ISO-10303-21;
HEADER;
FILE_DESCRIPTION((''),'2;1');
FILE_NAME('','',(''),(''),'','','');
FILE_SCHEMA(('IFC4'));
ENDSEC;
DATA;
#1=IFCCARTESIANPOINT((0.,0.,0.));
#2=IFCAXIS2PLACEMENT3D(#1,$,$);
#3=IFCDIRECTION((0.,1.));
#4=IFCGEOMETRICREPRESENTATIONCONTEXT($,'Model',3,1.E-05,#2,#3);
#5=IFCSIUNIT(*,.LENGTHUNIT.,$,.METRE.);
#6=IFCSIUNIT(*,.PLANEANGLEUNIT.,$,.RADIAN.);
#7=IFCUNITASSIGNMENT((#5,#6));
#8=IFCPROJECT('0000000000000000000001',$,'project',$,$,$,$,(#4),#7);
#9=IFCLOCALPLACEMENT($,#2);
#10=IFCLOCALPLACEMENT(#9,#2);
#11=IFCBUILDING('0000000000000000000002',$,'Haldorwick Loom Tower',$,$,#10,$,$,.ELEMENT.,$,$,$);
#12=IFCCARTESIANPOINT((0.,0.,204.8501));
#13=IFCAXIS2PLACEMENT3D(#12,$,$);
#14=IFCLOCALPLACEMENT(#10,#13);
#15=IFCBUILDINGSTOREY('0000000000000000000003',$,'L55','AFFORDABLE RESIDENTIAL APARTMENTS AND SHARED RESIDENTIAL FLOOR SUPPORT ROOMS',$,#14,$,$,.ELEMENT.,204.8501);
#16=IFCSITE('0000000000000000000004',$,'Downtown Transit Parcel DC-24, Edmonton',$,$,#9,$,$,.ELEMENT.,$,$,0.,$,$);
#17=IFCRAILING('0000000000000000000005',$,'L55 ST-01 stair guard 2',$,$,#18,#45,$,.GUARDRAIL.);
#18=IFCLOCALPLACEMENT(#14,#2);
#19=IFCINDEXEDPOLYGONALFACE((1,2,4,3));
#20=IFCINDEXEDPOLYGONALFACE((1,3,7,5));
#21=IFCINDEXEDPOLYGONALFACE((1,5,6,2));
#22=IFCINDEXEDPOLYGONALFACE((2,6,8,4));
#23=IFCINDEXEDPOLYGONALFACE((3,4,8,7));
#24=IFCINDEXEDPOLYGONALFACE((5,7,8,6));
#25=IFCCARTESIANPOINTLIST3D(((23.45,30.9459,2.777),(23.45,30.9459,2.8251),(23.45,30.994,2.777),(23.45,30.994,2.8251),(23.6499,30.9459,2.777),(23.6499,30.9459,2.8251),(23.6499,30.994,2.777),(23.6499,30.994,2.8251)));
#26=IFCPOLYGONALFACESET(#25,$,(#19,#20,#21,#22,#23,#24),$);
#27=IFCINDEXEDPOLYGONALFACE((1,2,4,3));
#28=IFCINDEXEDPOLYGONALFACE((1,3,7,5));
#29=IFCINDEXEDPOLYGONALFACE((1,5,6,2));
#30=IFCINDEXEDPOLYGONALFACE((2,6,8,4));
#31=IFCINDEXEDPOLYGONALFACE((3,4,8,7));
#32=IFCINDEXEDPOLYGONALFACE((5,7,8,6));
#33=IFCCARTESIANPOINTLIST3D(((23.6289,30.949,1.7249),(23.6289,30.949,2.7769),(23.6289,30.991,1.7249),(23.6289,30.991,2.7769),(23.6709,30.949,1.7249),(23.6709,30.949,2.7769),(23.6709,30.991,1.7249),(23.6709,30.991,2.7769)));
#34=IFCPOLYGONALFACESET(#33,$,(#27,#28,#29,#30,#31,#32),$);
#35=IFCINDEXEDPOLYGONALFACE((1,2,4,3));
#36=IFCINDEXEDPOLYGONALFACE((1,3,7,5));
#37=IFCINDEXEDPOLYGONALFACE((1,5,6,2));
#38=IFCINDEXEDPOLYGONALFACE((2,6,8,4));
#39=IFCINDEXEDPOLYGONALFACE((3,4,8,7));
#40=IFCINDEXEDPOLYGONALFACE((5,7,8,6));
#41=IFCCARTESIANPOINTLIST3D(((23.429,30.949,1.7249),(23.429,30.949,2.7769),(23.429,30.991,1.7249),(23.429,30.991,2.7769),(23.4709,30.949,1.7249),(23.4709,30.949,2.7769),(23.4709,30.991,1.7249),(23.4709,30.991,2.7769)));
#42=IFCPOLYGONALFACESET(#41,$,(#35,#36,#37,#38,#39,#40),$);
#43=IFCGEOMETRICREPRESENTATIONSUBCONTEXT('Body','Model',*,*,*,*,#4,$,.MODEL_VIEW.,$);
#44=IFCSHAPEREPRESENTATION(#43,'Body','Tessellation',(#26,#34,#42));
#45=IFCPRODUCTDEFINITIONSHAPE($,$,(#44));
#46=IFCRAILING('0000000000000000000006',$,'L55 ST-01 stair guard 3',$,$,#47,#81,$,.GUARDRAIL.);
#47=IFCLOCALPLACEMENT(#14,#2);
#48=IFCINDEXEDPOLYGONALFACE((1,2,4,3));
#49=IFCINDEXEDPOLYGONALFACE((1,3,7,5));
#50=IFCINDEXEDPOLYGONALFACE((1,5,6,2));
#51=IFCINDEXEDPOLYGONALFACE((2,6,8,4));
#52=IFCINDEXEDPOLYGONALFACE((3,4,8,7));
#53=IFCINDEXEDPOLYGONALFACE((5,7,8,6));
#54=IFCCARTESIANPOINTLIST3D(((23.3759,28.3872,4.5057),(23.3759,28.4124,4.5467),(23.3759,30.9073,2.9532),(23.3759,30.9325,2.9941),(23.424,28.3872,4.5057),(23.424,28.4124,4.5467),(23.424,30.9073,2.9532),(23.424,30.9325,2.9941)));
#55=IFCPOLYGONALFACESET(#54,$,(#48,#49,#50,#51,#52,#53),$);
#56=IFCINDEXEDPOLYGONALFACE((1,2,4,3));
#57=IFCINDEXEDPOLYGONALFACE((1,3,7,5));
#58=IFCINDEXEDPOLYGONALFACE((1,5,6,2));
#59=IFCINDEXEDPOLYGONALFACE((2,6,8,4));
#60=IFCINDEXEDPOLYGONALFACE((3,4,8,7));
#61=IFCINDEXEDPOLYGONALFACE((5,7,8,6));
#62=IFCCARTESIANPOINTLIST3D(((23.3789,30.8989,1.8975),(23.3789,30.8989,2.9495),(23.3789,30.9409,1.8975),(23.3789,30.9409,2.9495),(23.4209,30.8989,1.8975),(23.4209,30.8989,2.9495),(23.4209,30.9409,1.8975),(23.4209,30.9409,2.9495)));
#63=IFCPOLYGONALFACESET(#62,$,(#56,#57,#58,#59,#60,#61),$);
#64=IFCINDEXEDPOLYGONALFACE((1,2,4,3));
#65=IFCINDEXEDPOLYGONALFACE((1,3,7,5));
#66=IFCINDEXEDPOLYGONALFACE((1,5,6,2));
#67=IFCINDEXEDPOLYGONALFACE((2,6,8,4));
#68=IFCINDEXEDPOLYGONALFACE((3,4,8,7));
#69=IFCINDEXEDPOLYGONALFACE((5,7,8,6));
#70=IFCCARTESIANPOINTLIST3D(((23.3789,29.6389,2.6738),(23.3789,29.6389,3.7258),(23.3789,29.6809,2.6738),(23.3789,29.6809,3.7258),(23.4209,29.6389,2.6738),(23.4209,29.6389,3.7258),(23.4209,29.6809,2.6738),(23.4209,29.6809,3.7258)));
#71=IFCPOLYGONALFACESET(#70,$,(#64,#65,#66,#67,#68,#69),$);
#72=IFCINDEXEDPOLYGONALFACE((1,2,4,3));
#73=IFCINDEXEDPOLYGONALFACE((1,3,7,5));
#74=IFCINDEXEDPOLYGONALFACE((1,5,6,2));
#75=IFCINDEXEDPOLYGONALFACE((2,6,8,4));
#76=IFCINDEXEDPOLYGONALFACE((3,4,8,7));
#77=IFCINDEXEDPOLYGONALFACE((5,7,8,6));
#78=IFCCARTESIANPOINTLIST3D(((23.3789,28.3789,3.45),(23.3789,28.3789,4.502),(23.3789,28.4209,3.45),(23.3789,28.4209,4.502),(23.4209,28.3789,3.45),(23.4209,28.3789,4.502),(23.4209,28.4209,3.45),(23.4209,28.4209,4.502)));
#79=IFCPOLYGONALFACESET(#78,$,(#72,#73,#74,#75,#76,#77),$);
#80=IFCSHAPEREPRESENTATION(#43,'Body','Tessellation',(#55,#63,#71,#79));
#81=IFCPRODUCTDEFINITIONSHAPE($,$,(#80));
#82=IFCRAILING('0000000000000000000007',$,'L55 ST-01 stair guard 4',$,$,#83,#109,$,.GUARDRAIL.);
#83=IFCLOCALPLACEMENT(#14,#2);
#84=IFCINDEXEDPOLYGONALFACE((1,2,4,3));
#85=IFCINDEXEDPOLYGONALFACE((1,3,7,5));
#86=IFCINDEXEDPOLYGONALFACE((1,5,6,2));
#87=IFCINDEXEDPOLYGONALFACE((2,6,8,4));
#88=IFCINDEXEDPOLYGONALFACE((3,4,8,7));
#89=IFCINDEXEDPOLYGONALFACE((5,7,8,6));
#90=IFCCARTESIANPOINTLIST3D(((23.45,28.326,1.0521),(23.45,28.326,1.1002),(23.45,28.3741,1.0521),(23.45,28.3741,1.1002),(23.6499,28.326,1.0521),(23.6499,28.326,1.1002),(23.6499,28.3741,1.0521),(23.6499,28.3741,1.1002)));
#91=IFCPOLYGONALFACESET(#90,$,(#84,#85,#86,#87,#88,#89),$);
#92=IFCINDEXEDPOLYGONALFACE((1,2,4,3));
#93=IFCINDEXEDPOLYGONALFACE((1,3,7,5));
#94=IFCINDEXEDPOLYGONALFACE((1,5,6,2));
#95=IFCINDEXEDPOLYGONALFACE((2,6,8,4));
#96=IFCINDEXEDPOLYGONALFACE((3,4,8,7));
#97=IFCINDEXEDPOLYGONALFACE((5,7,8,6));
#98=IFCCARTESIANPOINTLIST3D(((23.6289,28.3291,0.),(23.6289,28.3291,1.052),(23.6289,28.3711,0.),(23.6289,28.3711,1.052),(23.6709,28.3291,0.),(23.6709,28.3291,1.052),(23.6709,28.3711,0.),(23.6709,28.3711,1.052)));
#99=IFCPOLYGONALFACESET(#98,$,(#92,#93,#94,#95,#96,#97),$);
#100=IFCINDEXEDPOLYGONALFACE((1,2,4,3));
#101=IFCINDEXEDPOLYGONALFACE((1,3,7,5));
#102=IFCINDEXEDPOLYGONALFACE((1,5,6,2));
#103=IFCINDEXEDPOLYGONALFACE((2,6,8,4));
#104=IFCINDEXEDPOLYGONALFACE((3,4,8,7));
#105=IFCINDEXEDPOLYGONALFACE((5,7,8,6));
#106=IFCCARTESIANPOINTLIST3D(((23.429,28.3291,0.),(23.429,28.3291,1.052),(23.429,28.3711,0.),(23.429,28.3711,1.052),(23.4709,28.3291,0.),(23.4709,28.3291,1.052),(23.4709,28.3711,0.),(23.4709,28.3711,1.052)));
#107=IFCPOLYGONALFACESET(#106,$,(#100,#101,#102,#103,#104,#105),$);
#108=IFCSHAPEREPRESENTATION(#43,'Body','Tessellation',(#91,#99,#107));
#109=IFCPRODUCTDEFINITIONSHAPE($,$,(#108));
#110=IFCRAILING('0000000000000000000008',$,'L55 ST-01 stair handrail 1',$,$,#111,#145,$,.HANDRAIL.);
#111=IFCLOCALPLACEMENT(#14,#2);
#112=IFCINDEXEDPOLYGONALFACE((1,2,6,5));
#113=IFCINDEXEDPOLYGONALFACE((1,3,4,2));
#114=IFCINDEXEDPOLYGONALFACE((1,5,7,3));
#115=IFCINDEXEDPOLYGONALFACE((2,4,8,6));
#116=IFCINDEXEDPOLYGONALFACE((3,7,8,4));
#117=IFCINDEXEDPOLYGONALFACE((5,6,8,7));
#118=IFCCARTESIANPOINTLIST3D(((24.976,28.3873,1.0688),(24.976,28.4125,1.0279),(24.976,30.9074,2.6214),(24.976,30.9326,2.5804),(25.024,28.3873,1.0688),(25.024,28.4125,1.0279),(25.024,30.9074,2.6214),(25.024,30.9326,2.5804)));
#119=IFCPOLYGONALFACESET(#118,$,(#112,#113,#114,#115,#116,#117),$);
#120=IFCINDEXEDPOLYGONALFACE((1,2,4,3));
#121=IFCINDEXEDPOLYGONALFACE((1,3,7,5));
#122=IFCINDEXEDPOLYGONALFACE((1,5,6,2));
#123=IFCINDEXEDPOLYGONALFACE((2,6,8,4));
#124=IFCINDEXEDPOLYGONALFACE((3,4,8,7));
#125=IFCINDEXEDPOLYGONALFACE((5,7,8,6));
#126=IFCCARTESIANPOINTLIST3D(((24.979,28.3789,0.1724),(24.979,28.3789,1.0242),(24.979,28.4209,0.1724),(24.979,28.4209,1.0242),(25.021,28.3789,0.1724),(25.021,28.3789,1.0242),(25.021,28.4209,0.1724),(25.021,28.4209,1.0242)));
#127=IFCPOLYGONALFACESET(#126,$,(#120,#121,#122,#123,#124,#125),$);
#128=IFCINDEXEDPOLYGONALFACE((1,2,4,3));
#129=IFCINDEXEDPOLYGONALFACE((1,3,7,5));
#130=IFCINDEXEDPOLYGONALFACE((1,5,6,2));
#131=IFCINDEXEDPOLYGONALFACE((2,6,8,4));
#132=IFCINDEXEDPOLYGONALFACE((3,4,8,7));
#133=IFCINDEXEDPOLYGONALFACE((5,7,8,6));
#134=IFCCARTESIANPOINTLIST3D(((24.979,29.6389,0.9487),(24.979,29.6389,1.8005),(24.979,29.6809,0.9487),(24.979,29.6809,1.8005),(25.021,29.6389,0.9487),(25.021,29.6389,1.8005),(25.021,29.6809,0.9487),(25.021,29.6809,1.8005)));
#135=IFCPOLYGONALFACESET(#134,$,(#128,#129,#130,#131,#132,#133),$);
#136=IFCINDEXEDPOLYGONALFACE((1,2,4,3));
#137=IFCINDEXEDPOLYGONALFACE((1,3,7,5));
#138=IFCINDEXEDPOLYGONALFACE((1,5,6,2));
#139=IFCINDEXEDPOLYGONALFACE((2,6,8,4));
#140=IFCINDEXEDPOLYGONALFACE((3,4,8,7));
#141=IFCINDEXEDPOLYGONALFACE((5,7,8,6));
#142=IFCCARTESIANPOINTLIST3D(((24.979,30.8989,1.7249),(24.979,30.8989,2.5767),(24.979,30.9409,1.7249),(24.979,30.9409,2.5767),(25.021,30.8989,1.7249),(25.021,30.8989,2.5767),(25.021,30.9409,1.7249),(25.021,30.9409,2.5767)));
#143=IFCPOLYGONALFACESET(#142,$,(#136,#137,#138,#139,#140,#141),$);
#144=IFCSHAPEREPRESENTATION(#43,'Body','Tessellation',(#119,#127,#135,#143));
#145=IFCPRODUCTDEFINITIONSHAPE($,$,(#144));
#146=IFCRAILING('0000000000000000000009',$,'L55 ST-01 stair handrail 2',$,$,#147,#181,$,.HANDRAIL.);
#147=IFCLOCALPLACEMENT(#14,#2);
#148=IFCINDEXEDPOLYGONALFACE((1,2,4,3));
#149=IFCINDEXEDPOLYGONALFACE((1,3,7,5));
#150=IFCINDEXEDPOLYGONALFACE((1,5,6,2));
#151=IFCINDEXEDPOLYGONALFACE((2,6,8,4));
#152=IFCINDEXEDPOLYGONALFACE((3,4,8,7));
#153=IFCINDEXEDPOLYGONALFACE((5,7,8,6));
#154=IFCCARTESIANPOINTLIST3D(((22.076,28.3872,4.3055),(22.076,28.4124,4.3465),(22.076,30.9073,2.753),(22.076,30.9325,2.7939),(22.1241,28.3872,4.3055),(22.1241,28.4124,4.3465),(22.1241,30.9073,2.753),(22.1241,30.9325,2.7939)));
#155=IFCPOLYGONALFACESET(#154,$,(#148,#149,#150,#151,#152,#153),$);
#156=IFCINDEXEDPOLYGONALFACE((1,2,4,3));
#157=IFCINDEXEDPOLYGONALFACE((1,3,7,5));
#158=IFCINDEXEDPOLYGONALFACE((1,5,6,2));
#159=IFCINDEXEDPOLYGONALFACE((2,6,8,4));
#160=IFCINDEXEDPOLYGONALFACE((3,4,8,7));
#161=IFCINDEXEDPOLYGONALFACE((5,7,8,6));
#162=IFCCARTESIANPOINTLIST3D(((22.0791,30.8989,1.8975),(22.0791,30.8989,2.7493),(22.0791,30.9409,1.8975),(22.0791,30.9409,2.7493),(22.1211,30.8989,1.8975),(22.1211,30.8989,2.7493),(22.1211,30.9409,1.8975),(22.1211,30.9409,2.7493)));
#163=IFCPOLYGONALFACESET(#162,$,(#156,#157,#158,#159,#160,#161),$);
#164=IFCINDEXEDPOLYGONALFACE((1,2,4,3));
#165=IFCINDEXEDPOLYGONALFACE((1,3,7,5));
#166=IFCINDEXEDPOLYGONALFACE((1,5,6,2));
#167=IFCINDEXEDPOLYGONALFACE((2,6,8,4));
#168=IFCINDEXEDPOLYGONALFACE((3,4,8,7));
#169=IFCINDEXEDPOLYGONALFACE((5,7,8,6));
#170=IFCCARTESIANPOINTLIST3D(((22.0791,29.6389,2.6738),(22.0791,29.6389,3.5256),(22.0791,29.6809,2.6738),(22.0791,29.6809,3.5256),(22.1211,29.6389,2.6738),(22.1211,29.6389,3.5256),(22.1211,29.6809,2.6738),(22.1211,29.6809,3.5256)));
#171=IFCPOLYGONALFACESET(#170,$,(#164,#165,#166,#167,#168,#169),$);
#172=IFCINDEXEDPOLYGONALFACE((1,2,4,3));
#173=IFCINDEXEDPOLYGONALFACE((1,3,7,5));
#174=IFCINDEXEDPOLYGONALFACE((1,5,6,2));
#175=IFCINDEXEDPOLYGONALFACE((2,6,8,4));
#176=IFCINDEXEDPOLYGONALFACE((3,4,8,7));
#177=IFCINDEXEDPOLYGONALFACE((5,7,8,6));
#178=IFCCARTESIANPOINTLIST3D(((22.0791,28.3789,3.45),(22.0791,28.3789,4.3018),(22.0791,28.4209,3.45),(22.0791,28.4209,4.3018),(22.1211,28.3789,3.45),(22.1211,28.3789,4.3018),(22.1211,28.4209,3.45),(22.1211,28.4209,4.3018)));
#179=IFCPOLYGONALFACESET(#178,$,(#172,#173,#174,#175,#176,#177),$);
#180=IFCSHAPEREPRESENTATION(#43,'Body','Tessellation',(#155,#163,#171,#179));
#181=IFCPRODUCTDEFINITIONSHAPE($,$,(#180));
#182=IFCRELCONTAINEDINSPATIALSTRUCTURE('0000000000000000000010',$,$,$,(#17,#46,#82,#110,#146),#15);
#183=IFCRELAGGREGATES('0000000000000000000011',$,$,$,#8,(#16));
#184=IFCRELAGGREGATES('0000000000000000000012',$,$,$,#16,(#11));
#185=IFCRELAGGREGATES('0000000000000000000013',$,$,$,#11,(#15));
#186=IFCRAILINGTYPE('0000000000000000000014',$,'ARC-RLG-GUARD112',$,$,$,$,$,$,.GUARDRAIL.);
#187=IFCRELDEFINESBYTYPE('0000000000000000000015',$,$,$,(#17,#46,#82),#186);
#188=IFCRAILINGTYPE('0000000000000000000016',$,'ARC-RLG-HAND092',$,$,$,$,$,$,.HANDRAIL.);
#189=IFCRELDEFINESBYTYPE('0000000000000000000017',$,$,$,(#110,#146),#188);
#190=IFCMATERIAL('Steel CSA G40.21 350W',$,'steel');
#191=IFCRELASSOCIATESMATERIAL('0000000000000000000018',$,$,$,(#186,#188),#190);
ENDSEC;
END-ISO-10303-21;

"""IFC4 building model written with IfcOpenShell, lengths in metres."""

from ifc_helpers import new_model, si_unit, direction, frame, origin, origin_2d, place, context, subcontext, project, spatial, rectangle, extrude, material, type_object, element, save


model = new_model("IFC4")

# Units and contexts
model_context = context("Model", 3, precision=1e-05, world=origin(), true_north=direction((0.0, 1.0)))
body_context = subcontext(model_context, "Body", "Model", "MODEL_VIEW")
ifc_project = project(units=[si_unit("LENGTHUNIT", "METRE"), si_unit("PLANEANGLEUNIT", "RADIAN")], contexts=[model_context])

# Site, building, storey
site_placement = place(None, origin())
site = spatial("IfcSite", under=ifc_project, at=site_placement, Name="Downtown Transit Parcel DC-24, Edmonton", CompositionType="ELEMENT", RefElevation=0.0)
building_placement = place(site_placement, origin())
building = spatial("IfcBuilding", under=site, at=building_placement, Name="Haldorwick Loom Tower", CompositionType="ELEMENT")
storey_placement = place(building_placement, frame((0.0, 0.0, 204.8501)))
storey = spatial("IfcBuildingStorey", under=building, at=storey_placement, Name="L55", Description="AFFORDABLE RESIDENTIAL APARTMENTS AND SHARED RESIDENTIAL FLOOR SUPPORT ROOMS", CompositionType="ELEMENT", Elevation=204.8501)

# Shared definitions
ifc_material_1 = material(Name="Steel CSA G40.21 350W", Category="steel")

# Railings
railing_type_1 = type_object("IfcRailingType", Name="ARC-RLG-GUARD112", PredefinedType="GUARDRAIL", material=ifc_material_1)
railing_1_placement = place(storey_placement, frame((23.6499, 30.97, 1.7249)))
element("IfcRailing", 1, at=railing_1_placement, inside=storey, type_object=railing_type_1, Name="L55 ST-01 stair guard 2", PredefinedType="GUARDRAIL", context=body_context, shape_type="SweptSolid", body=[
    extrude(rectangle(XDim=0.0481, YDim=0.0481, at=origin_2d()), frame((0.0, 0.0, 1.0762), z_axis=(-1.0, 0.0, 0.0), x_axis=(0.0, -1.0, 0.0)), (0.0, 0.0, 1.0), 0.2),
    extrude(rectangle(XDim=0.042, YDim=0.042, at=origin_2d()), origin(), (0.0, 0.0, 1.0), 1.052),
    extrude(rectangle(XDim=0.042, YDim=0.042, at=origin_2d()), frame((-0.2, 0.0, 0.0)), (0.0, 0.0, 1.0), 1.052),
])
railing_2_placement = place(storey_placement, frame((23.3999, 30.9199, 1.8975)))
element("IfcRailing", 2, at=railing_2_placement, inside=storey, type_object=railing_type_1, Name="L55 ST-01 stair guard 3", PredefinedType="GUARDRAIL", context=body_context, shape_type="SweptSolid", body=[
    extrude(rectangle(XDim=0.0481, YDim=0.0481, at=origin_2d()), frame((0.0, 0.0, 1.0762), z_axis=(0.0, -0.8514, 0.524516), x_axis=(1.0, 0.0, 0.0)), (0.0, 0.0, 1.0), 2.96),
    extrude(rectangle(XDim=0.042, YDim=0.042, at=origin_2d()), origin(), (0.0, 0.0, 1.0), 1.052),
    extrude(rectangle(XDim=0.042, YDim=0.042, at=origin_2d()), frame((0.0, -1.26, 0.7764)), (0.0, 0.0, 1.0), 1.052),
    extrude(rectangle(XDim=0.042, YDim=0.042, at=origin_2d()), frame((0.0, -2.52, 1.5525)), (0.0, 0.0, 1.0), 1.052),
])
railing_3_placement = place(storey_placement, frame((23.6499, 28.3501, 0.0)))
element("IfcRailing", 3, at=railing_3_placement, inside=storey, type_object=railing_type_1, Name="L55 ST-01 stair guard 4", PredefinedType="GUARDRAIL", context=body_context, shape_type="SweptSolid", body=[
    extrude(rectangle(XDim=0.0481, YDim=0.0481, at=origin_2d()), frame((0.0, 0.0, 1.0762), z_axis=(-1.0, 0.0, 0.0), x_axis=(0.0, -1.0, 0.0)), (0.0, 0.0, 1.0), 0.2),
    extrude(rectangle(XDim=0.042, YDim=0.042, at=origin_2d()), origin(), (0.0, 0.0, 1.0), 1.052),
    extrude(rectangle(XDim=0.042, YDim=0.042, at=origin_2d()), frame((-0.2, 0.0, 0.0)), (0.0, 0.0, 1.0), 1.052),
])
railing_type_2 = type_object("IfcRailingType", Name="ARC-RLG-HAND092", PredefinedType="HANDRAIL", material=ifc_material_1)
railing_4_placement = place(storey_placement, frame((25.0, 28.3999, 0.1724)))
element("IfcRailing", 4, at=railing_4_placement, inside=storey, type_object=railing_type_2, Name="L55 ST-01 stair handrail 1", PredefinedType="HANDRAIL", context=body_context, shape_type="SweptSolid", body=[
    extrude(rectangle(XDim=0.0481, YDim=0.0481, at=origin_2d()), frame((0.0, 0.0, 0.876), z_axis=(0.0, 0.8514, 0.524516), x_axis=(-1.0, 0.0, 0.0)), (0.0, 0.0, 1.0), 2.96),
    extrude(rectangle(XDim=0.042, YDim=0.042, at=origin_2d()), origin(), (0.0, 0.0, 1.0), 0.8518),
    extrude(rectangle(XDim=0.042, YDim=0.042, at=origin_2d()), frame((0.0, 1.26, 0.7764)), (0.0, 0.0, 1.0), 0.8518),
    extrude(rectangle(XDim=0.042, YDim=0.042, at=origin_2d()), frame((0.0, 2.52, 1.5525)), (0.0, 0.0, 1.0), 0.8518),
])
railing_5_placement = place(storey_placement, frame((22.1001, 30.9199, 1.8975)))
element("IfcRailing", 5, at=railing_5_placement, inside=storey, type_object=railing_type_2, Name="L55 ST-01 stair handrail 2", PredefinedType="HANDRAIL", context=body_context, shape_type="SweptSolid", body=[
    extrude(rectangle(XDim=0.0481, YDim=0.0481, at=origin_2d()), frame((0.0, 0.0, 0.876), z_axis=(0.0, -0.8514, 0.524516), x_axis=(1.0, 0.0, 0.0)), (0.0, 0.0, 1.0), 2.96),
    extrude(rectangle(XDim=0.042, YDim=0.042, at=origin_2d()), origin(), (0.0, 0.0, 1.0), 0.8518),
    extrude(rectangle(XDim=0.042, YDim=0.042, at=origin_2d()), frame((0.0, -1.26, 0.7764)), (0.0, 0.0, 1.0), 0.8518),
    extrude(rectangle(XDim=0.042, YDim=0.042, at=origin_2d()), frame((0.0, -2.52, 1.5525)), (0.0, 0.0, 1.0), 0.8518),
])

save(model, "model.ifc")
